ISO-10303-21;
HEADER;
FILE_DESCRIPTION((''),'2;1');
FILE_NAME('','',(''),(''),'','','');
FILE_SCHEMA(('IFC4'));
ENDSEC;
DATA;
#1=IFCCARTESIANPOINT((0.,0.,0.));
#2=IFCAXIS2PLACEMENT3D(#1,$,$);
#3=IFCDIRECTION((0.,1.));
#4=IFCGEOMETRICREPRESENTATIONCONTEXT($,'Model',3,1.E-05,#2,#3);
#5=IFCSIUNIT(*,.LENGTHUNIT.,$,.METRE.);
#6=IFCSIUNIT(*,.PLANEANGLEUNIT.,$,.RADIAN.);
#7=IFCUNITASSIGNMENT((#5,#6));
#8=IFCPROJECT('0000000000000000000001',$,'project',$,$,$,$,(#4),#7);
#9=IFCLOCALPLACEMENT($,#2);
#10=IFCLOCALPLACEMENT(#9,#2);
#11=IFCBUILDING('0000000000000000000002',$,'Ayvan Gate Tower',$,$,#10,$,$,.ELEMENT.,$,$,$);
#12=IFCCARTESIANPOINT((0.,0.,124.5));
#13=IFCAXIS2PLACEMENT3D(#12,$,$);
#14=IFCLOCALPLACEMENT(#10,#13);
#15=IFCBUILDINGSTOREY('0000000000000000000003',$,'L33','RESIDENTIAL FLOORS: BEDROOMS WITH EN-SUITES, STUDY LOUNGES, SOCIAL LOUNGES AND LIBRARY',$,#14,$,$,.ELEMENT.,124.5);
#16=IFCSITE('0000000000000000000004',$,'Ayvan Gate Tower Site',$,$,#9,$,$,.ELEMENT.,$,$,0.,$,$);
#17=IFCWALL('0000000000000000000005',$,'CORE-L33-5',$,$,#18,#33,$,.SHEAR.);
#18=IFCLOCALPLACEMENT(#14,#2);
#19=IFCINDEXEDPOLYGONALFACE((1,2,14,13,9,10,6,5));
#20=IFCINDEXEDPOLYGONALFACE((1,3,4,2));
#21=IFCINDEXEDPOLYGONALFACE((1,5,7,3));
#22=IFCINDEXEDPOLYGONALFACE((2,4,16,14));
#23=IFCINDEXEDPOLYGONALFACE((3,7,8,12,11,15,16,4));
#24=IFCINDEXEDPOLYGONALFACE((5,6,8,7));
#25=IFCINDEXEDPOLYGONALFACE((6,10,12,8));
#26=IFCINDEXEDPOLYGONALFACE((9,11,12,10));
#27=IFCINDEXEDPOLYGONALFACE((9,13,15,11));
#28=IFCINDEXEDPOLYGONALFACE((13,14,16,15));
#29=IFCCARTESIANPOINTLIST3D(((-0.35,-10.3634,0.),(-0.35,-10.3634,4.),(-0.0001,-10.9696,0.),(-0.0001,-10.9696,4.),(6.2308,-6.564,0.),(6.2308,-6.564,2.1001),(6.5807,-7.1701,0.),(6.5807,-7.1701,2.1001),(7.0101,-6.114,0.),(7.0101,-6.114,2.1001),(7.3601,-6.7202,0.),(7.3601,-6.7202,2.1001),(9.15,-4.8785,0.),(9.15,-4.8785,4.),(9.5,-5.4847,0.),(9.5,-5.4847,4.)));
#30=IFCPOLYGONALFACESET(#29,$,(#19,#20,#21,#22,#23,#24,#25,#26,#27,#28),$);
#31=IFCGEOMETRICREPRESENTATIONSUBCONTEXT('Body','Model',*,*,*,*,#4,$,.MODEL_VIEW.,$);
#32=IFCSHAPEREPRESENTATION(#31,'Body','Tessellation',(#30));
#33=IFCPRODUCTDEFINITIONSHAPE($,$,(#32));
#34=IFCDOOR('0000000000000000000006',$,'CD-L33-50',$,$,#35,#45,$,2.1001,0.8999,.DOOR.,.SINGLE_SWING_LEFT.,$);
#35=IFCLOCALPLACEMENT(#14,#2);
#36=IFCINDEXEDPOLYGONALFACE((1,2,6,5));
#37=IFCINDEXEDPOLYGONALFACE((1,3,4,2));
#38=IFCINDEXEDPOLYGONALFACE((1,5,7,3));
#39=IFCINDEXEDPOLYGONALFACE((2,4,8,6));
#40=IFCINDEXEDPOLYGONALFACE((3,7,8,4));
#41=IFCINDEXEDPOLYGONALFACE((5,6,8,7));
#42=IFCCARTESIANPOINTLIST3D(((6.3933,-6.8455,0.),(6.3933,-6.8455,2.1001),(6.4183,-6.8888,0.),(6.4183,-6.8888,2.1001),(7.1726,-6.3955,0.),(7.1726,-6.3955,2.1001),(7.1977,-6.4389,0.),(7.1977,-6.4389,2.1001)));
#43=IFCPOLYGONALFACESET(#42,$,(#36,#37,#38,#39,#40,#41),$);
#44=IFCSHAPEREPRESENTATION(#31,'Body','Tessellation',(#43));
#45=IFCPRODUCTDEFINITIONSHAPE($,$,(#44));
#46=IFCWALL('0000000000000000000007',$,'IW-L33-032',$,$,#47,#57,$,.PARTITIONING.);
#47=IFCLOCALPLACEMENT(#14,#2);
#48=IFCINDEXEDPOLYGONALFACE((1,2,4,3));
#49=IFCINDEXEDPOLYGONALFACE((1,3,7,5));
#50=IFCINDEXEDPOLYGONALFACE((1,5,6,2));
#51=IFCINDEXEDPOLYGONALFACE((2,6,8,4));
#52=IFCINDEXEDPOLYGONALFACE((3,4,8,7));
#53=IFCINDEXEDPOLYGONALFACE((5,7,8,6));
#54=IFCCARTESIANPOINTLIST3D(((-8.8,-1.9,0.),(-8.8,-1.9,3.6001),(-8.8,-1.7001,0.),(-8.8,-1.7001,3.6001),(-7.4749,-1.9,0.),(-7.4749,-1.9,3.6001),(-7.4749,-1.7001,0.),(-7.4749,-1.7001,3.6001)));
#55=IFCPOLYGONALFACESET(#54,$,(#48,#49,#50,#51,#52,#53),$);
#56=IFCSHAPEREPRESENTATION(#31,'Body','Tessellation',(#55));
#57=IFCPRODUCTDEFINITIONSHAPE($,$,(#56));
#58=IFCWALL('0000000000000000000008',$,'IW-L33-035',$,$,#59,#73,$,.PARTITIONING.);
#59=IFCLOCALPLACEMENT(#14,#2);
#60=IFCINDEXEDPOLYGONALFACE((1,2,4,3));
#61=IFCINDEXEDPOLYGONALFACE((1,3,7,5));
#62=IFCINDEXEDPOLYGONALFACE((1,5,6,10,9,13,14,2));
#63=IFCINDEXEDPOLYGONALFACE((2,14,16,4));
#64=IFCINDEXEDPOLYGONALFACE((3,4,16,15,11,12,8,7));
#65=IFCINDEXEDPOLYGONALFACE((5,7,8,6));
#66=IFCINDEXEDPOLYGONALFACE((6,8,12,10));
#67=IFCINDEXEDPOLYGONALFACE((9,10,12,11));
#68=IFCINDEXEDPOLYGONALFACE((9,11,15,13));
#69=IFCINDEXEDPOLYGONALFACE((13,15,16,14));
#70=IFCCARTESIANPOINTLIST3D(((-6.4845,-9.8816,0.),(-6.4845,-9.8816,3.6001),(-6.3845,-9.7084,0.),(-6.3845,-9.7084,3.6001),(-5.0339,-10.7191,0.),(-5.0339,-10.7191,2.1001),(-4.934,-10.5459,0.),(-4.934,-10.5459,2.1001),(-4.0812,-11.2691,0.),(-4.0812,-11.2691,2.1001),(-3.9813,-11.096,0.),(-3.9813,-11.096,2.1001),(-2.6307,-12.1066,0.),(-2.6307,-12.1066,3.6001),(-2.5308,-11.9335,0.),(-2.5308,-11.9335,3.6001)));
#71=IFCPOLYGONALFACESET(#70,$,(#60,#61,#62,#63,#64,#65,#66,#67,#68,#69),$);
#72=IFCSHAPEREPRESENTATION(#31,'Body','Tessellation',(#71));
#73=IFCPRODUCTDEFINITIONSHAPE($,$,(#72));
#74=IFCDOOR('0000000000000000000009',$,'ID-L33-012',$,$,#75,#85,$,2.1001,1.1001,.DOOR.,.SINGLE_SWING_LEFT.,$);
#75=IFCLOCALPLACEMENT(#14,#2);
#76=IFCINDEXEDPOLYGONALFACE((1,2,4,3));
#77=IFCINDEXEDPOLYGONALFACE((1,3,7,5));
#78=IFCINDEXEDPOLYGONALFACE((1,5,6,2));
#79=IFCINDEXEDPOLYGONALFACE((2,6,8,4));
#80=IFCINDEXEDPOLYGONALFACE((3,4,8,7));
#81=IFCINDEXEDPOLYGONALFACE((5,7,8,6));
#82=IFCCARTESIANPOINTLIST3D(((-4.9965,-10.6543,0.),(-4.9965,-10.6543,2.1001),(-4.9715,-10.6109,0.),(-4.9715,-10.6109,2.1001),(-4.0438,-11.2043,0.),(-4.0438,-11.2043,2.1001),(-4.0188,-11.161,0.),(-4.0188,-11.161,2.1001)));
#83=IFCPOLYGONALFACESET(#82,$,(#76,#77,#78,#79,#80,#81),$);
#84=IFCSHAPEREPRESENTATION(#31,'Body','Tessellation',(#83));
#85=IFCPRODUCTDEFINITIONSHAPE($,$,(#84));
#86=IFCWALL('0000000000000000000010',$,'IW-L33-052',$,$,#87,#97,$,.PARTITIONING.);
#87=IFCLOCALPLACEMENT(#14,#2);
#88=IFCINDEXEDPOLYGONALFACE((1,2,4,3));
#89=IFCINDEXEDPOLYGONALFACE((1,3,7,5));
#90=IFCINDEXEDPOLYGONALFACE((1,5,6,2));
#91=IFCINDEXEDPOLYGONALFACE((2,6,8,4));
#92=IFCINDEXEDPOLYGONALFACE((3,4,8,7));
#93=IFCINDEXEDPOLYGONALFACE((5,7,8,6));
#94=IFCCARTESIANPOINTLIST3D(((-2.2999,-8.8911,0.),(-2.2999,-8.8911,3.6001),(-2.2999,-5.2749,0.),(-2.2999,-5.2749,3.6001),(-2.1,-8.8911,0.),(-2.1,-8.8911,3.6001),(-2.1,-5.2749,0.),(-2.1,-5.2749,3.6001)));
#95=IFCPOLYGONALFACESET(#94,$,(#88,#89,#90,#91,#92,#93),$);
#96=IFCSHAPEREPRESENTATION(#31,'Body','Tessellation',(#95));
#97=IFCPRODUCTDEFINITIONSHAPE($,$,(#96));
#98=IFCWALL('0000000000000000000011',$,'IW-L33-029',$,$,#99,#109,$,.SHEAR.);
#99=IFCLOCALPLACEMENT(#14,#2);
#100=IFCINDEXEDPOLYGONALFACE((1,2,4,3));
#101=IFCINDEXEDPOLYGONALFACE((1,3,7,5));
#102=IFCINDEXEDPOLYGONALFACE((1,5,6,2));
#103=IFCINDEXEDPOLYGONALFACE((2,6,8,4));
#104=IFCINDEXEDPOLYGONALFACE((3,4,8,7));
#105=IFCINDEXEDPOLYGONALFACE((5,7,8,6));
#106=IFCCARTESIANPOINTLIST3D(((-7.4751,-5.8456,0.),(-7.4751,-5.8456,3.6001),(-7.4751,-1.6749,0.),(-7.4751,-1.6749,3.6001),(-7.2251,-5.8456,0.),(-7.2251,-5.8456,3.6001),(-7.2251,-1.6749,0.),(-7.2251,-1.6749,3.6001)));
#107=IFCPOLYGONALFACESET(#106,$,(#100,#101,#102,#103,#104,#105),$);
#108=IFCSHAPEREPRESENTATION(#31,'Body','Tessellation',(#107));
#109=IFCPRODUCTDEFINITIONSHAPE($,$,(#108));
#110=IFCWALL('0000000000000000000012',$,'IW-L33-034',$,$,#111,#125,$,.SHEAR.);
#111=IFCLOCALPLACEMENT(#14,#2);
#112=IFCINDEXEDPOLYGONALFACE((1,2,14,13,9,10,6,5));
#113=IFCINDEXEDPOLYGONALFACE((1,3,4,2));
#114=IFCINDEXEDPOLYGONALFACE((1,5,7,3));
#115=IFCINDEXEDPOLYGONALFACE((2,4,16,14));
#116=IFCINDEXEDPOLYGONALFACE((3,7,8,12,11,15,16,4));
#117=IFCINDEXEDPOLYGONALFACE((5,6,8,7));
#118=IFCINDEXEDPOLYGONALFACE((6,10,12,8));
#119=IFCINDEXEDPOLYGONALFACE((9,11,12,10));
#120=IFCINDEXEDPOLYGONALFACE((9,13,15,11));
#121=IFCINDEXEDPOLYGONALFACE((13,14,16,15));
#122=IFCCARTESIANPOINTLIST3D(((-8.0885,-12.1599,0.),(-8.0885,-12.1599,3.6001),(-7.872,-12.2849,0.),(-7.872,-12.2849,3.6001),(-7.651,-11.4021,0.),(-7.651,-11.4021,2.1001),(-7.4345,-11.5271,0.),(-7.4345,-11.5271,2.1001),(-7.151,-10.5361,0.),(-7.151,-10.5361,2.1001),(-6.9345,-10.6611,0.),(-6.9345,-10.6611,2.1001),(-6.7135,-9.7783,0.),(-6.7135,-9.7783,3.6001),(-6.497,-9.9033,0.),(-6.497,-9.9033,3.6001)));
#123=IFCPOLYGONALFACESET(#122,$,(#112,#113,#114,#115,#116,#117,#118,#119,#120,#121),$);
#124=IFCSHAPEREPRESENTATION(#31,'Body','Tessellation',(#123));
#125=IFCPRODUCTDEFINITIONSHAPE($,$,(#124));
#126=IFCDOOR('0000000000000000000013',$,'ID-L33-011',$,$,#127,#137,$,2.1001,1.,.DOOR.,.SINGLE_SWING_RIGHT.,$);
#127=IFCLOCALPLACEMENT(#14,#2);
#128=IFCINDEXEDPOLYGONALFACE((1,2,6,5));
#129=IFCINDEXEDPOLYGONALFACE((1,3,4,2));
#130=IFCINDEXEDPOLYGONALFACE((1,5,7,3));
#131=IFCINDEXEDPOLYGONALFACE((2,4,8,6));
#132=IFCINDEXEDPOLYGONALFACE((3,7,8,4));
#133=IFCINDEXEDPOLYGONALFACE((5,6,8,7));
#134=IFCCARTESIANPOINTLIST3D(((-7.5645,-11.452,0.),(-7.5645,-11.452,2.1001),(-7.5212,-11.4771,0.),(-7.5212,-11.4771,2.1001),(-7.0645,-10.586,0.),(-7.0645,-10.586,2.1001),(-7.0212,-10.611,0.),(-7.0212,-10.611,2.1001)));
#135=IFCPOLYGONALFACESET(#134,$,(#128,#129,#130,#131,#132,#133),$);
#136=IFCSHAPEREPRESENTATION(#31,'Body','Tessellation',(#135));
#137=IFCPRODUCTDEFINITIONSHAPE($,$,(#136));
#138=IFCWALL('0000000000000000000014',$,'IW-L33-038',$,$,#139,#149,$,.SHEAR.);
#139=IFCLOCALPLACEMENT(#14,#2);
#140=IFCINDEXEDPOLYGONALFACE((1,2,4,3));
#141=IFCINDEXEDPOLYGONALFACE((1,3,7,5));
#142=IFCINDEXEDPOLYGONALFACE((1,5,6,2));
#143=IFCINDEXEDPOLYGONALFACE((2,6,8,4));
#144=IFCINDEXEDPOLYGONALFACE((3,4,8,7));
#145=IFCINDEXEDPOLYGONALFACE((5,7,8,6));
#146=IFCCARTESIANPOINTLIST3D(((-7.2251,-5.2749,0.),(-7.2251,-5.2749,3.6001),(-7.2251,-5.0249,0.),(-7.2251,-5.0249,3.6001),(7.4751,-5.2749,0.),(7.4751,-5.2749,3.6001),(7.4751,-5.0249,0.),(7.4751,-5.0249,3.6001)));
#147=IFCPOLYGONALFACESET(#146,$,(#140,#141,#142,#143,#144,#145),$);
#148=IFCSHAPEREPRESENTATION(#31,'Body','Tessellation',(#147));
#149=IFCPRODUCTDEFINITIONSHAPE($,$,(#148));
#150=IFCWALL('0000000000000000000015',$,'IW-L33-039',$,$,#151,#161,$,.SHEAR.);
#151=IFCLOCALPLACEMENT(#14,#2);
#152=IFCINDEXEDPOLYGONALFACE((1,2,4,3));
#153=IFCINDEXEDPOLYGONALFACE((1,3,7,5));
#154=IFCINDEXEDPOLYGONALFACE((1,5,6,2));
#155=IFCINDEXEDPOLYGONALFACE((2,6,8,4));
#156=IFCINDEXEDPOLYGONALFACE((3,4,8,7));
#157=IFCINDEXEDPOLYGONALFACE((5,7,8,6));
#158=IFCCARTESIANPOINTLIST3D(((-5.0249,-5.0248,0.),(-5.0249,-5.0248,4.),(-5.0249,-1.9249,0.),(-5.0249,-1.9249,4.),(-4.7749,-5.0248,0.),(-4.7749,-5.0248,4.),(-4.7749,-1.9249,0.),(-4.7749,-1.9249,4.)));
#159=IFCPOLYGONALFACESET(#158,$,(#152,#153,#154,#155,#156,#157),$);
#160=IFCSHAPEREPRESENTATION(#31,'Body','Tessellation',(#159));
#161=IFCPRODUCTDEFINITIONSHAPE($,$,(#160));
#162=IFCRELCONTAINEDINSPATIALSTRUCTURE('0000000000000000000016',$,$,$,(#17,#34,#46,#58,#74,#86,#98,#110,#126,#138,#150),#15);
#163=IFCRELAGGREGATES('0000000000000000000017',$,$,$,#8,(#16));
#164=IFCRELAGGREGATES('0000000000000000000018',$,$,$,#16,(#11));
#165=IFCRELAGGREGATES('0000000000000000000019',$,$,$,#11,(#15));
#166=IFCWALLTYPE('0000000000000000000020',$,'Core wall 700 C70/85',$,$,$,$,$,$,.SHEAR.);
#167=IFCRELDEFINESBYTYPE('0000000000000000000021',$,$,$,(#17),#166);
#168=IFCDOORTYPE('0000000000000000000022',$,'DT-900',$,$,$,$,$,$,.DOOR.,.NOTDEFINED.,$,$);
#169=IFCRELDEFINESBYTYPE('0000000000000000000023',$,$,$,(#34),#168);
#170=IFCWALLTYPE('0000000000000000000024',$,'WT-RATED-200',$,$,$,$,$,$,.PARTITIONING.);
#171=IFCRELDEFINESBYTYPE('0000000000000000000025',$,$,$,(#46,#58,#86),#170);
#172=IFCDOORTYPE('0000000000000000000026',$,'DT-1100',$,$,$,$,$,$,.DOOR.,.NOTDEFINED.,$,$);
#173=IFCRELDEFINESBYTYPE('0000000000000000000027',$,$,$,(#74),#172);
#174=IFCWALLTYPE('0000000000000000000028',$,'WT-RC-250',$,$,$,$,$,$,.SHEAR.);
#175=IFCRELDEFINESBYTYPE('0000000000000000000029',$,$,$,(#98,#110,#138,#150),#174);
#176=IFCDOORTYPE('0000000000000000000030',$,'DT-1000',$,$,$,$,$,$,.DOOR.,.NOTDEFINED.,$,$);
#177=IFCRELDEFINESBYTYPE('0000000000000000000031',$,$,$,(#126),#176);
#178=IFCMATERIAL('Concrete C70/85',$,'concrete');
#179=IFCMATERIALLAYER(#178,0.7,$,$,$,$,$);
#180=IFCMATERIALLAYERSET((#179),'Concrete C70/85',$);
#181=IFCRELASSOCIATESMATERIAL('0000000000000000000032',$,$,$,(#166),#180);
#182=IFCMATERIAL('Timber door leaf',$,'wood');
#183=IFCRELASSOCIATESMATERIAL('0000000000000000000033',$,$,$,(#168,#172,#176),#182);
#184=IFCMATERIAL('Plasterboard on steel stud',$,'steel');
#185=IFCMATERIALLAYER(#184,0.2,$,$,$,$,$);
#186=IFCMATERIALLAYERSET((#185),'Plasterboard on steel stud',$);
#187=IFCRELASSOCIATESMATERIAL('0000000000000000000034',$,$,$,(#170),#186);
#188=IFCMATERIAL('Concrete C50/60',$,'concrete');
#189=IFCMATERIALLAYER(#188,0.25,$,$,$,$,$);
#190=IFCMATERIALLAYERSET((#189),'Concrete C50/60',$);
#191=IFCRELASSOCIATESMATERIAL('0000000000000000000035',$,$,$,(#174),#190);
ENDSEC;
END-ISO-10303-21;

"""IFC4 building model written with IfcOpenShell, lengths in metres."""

from ifc_helpers import new_model, si_unit, direction, frame, frame_2d, origin, place, context, subcontext, project, spatial, rectangle, extrude, material, layer, layer_set, type_object, element, fill, save


model = new_model("IFC4")

# Units and contexts
model_context = context("Model", 3, precision=1e-05, world=origin(), true_north=direction((0.0, 1.0)))
body_context = subcontext(model_context, "Body", "Model", "MODEL_VIEW")
ifc_project = project(units=[si_unit("LENGTHUNIT", "METRE"), si_unit("PLANEANGLEUNIT", "RADIAN")], contexts=[model_context])

# Site, building, storey
site_placement = place(None, origin())
site = spatial("IfcSite", under=ifc_project, at=site_placement, Name="Ayvan Gate Tower Site", CompositionType="ELEMENT", RefElevation=0.0)
building_placement = place(site_placement, origin())
building = spatial("IfcBuilding", under=site, at=building_placement, Name="Ayvan Gate Tower", CompositionType="ELEMENT")
storey_placement = place(building_placement, frame((0.0, 0.0, 124.5)))
storey = spatial("IfcBuildingStorey", under=building, at=storey_placement, Name="L33", Description="RESIDENTIAL FLOORS: BEDROOMS WITH EN-SUITES, STUDY LOUNGES, SOCIAL LOUNGES AND LIBRARY", CompositionType="ELEMENT", Elevation=124.5)

# Wall, opening, door
ifc_material_1 = material(Name="Concrete C70/85", Category="concrete")
ifc_layer_1 = layer(ifc_material_1, 0.7)
ifc_layer_set_1 = layer_set([ifc_layer_1], Name="Concrete C70/85")
wall_type_1 = type_object("IfcWallType", Name="Core wall 700 C70/85", PredefinedType="SHEAR", material=ifc_layer_set_1)
wall_1_placement = place(storey_placement, frame((-0.175, -10.6665, 0.0), z_axis=(0.0, 0.0, 1.0), x_axis=(0.866024, 0.500002, 0.0)))
wall_1 = element("IfcWall", 1, at=wall_1_placement, inside=storey, type_object=wall_type_1, Name="CORE-L33-5", PredefinedType="SHEAR", context=body_context, shape_type="SweptSolid", body=[
    extrude(rectangle(XDim=10.9697, YDim=0.7, at=frame_2d((5.4849, 0.0))), origin(), (0.0, 0.0, 1.0), 4.0),
])
opening_1_placement = place(wall_1_placement, frame((7.5989, 0.0, 0.0)))
opening_1 = element("IfcOpeningElement", 2, at=opening_1_placement, cuts=wall_1, PredefinedType="OPENING", context=body_context, shape_type="SweptSolid", body=[
    extrude(rectangle(XDim=0.8999, YDim=2.1001, at=frame_2d((0.45, 1.05))), frame((0.0, 0.3599, 0.0), z_axis=(0.0, -1.0, 0.0), x_axis=(1.0, 0.0, 0.0)), (0.0, 0.0, 1.0), 0.72),
])
ifc_material_2 = material(Name="Timber door leaf", Category="wood")
door_type_1 = type_object("IfcDoorType", Name="DT-900", OperationType="NOTDEFINED", PredefinedType="DOOR", material=ifc_material_2)
door_1_placement = place(opening_1_placement, origin())
door_1 = element("IfcDoor", 3, at=door_1_placement, inside=storey, type_object=door_type_1, Name="CD-L33-50", OperationType="SINGLE_SWING_LEFT", OverallHeight=2.1001, OverallWidth=0.8999, PredefinedType="DOOR", context=body_context, shape_type="SweptSolid", body=[
    extrude(rectangle(XDim=0.8999, YDim=2.1001, at=frame_2d((0.45, 1.05))), frame((0.0, 0.0249, 0.0), z_axis=(0.0, -1.0, 0.0), x_axis=(1.0, 0.0, 0.0)), (0.0, 0.0, 1.0), 0.05),
])
fill(opening_1, door_1)

# Wall
ifc_material_3 = material(Name="Plasterboard on steel stud", Category="steel")
ifc_layer_2 = layer(ifc_material_3, 0.2)
ifc_layer_set_2 = layer_set([ifc_layer_2], Name="Plasterboard on steel stud")
wall_type_2 = type_object("IfcWallType", Name="WT-RATED-200", PredefinedType="PARTITIONING", material=ifc_layer_set_2)
wall_2_placement = place(storey_placement, frame((-7.4749, -1.8, 0.0), z_axis=(0.0, 0.0, 1.0), x_axis=(-1.0, 0.0, 0.0)))
element("IfcWall", 4, at=wall_2_placement, inside=storey, type_object=wall_type_2, Name="IW-L33-032", PredefinedType="PARTITIONING", context=body_context, shape_type="SweptSolid", body=[
    extrude(rectangle(XDim=1.3252, YDim=0.2, at=frame_2d((0.6626, 0.0))), origin(), (0.0, 0.0, 1.0), 3.6001),
])

# Wall, opening, door
wall_3_placement = place(storey_placement, frame((-6.4346, -9.7949, 0.0), z_axis=(0.0, 0.0, 1.0), x_axis=(0.866013, -0.500022, 0.0)))
wall_3 = element("IfcWall", 5, at=wall_3_placement, inside=storey, type_object=wall_type_2, Name="IW-L33-035", PredefinedType="PARTITIONING", context=body_context, shape_type="SweptSolid", body=[
    extrude(rectangle(XDim=4.45, YDim=0.2, at=frame_2d((2.2251, 0.0))), origin(), (0.0, 0.0, 1.0), 3.6001),
])
opening_2_placement = place(wall_3_placement, frame((1.675, 0.0, 0.0)))
opening_2 = element("IfcOpeningElement", 6, at=opening_2_placement, cuts=wall_3, PredefinedType="OPENING", context=body_context, shape_type="SweptSolid", body=[
    extrude(rectangle(XDim=1.1001, YDim=2.1001, at=frame_2d((0.55, 1.05))), frame((0.0, 0.1099, 0.0), z_axis=(0.0, -1.0, 0.0), x_axis=(1.0, 0.0, 0.0)), (0.0, 0.0, 1.0), 0.22),
])
door_type_2 = type_object("IfcDoorType", Name="DT-1100", OperationType="NOTDEFINED", PredefinedType="DOOR", material=ifc_material_2)
door_2_placement = place(opening_2_placement, origin())
door_2 = element("IfcDoor", 7, at=door_2_placement, inside=storey, type_object=door_type_2, Name="ID-L33-012", OperationType="SINGLE_SWING_LEFT", OverallHeight=2.1001, OverallWidth=1.1001, PredefinedType="DOOR", context=body_context, shape_type="SweptSolid", body=[
    extrude(rectangle(XDim=1.1001, YDim=2.1001, at=frame_2d((0.55, 1.05))), frame((0.0, 0.0249, 0.0), z_axis=(0.0, -1.0, 0.0), x_axis=(1.0, 0.0, 0.0)), (0.0, 0.0, 1.0), 0.05),
])
fill(opening_2, door_2)

# Walls
wall_4_placement = place(storey_placement, frame((-2.2, -5.2749, 0.0), z_axis=(0.0, 0.0, 1.0), x_axis=(0.0, -1.0, 0.0)))
element("IfcWall", 8, at=wall_4_placement, inside=storey, type_object=wall_type_2, Name="IW-L33-052", PredefinedType="PARTITIONING", context=body_context, shape_type="SweptSolid", body=[
    extrude(rectangle(XDim=3.6162, YDim=0.2, at=frame_2d((1.8081, 0.0))), origin(), (0.0, 0.0, 1.0), 3.6001),
])
ifc_material_4 = material(Name="Concrete C50/60", Category="concrete")
ifc_layer_3 = layer(ifc_material_4, 0.25)
ifc_layer_set_3 = layer_set([ifc_layer_3], Name="Concrete C50/60")
wall_type_3 = type_object("IfcWallType", Name="WT-RC-250", PredefinedType="SHEAR", material=ifc_layer_set_3)
wall_5_placement = place(storey_placement, frame((-7.3501, -5.8457, 0.0), z_axis=(0.0, 0.0, 1.0), x_axis=(0.0, 1.0, 0.0)))
element("IfcWall", 9, at=wall_5_placement, inside=storey, type_object=wall_type_3, Name="IW-L33-029", PredefinedType="SHEAR", context=body_context, shape_type="SweptSolid", body=[
    extrude(rectangle(XDim=4.1707, YDim=0.25, at=frame_2d((2.0854, 0.0))), origin(), (0.0, 0.0, 1.0), 3.6001),
])

# Wall, opening, door
wall_6_placement = place(storey_placement, frame((-6.6052, -9.8408, 0.0), z_axis=(0.0, 0.0, 1.0), x_axis=(-0.499997, -0.866027, 0.0)))
wall_6 = element("IfcWall", 10, at=wall_6_placement, inside=storey, type_object=wall_type_3, Name="IW-L33-034", PredefinedType="SHEAR", context=body_context, shape_type="SweptSolid", body=[
    extrude(rectangle(XDim=2.75, YDim=0.25, at=frame_2d((1.375, 0.0))), origin(), (0.0, 0.0, 1.0), 3.6001),
])
opening_3_placement = place(wall_6_placement, frame((0.875, 0.0, 0.0)))
opening_3 = element("IfcOpeningElement", 11, at=opening_3_placement, cuts=wall_6, PredefinedType="OPENING", context=body_context, shape_type="SweptSolid", body=[
    extrude(rectangle(XDim=1.0, YDim=2.1001, at=frame_2d((0.5, 1.05))), frame((0.0, 0.135, 0.0), z_axis=(0.0, -1.0, 0.0), x_axis=(1.0, 0.0, 0.0)), (0.0, 0.0, 1.0), 0.27),
])
door_type_3 = type_object("IfcDoorType", Name="DT-1000", OperationType="NOTDEFINED", PredefinedType="DOOR", material=ifc_material_2)
door_3_placement = place(opening_3_placement, origin())
door_3 = element("IfcDoor", 12, at=door_3_placement, inside=storey, type_object=door_type_3, Name="ID-L33-011", OperationType="SINGLE_SWING_RIGHT", OverallHeight=2.1001, OverallWidth=1.0, PredefinedType="DOOR", context=body_context, shape_type="SweptSolid", body=[
    extrude(rectangle(XDim=1.0, YDim=2.1001, at=frame_2d((0.5, 1.05))), frame((0.0, 0.0249, 0.0), z_axis=(0.0, -1.0, 0.0), x_axis=(1.0, 0.0, 0.0)), (0.0, 0.0, 1.0), 0.05),
])
fill(opening_3, door_3)

# Walls
wall_7_placement = place(storey_placement, frame((-7.2251, -5.1499, 0.0), z_axis=(0.0, 0.0, 1.0), x_axis=(1.0, 0.0, 0.0)))
element("IfcWall", 13, at=wall_7_placement, inside=storey, type_object=wall_type_3, Name="IW-L33-038", PredefinedType="SHEAR", context=body_context, shape_type="SweptSolid", body=[
    extrude(rectangle(XDim=14.7002, YDim=0.25, at=frame_2d((7.3501, 0.0))), origin(), (0.0, 0.0, 1.0), 3.6001),
])
wall_8_placement = place(storey_placement, frame((-4.8999, -1.925, 0.0), z_axis=(0.0, 0.0, 1.0), x_axis=(0.0, -1.0, 0.0)))
element("IfcWall", 14, at=wall_8_placement, inside=storey, type_object=wall_type_3, Name="IW-L33-039", PredefinedType="SHEAR", context=body_context, shape_type="SweptSolid", body=[
    extrude(rectangle(XDim=3.0999, YDim=0.25, at=frame_2d((1.5498, 0.0))), origin(), (0.0, 0.0, 1.0), 4.0),
])

save(model, "model.ifc")
